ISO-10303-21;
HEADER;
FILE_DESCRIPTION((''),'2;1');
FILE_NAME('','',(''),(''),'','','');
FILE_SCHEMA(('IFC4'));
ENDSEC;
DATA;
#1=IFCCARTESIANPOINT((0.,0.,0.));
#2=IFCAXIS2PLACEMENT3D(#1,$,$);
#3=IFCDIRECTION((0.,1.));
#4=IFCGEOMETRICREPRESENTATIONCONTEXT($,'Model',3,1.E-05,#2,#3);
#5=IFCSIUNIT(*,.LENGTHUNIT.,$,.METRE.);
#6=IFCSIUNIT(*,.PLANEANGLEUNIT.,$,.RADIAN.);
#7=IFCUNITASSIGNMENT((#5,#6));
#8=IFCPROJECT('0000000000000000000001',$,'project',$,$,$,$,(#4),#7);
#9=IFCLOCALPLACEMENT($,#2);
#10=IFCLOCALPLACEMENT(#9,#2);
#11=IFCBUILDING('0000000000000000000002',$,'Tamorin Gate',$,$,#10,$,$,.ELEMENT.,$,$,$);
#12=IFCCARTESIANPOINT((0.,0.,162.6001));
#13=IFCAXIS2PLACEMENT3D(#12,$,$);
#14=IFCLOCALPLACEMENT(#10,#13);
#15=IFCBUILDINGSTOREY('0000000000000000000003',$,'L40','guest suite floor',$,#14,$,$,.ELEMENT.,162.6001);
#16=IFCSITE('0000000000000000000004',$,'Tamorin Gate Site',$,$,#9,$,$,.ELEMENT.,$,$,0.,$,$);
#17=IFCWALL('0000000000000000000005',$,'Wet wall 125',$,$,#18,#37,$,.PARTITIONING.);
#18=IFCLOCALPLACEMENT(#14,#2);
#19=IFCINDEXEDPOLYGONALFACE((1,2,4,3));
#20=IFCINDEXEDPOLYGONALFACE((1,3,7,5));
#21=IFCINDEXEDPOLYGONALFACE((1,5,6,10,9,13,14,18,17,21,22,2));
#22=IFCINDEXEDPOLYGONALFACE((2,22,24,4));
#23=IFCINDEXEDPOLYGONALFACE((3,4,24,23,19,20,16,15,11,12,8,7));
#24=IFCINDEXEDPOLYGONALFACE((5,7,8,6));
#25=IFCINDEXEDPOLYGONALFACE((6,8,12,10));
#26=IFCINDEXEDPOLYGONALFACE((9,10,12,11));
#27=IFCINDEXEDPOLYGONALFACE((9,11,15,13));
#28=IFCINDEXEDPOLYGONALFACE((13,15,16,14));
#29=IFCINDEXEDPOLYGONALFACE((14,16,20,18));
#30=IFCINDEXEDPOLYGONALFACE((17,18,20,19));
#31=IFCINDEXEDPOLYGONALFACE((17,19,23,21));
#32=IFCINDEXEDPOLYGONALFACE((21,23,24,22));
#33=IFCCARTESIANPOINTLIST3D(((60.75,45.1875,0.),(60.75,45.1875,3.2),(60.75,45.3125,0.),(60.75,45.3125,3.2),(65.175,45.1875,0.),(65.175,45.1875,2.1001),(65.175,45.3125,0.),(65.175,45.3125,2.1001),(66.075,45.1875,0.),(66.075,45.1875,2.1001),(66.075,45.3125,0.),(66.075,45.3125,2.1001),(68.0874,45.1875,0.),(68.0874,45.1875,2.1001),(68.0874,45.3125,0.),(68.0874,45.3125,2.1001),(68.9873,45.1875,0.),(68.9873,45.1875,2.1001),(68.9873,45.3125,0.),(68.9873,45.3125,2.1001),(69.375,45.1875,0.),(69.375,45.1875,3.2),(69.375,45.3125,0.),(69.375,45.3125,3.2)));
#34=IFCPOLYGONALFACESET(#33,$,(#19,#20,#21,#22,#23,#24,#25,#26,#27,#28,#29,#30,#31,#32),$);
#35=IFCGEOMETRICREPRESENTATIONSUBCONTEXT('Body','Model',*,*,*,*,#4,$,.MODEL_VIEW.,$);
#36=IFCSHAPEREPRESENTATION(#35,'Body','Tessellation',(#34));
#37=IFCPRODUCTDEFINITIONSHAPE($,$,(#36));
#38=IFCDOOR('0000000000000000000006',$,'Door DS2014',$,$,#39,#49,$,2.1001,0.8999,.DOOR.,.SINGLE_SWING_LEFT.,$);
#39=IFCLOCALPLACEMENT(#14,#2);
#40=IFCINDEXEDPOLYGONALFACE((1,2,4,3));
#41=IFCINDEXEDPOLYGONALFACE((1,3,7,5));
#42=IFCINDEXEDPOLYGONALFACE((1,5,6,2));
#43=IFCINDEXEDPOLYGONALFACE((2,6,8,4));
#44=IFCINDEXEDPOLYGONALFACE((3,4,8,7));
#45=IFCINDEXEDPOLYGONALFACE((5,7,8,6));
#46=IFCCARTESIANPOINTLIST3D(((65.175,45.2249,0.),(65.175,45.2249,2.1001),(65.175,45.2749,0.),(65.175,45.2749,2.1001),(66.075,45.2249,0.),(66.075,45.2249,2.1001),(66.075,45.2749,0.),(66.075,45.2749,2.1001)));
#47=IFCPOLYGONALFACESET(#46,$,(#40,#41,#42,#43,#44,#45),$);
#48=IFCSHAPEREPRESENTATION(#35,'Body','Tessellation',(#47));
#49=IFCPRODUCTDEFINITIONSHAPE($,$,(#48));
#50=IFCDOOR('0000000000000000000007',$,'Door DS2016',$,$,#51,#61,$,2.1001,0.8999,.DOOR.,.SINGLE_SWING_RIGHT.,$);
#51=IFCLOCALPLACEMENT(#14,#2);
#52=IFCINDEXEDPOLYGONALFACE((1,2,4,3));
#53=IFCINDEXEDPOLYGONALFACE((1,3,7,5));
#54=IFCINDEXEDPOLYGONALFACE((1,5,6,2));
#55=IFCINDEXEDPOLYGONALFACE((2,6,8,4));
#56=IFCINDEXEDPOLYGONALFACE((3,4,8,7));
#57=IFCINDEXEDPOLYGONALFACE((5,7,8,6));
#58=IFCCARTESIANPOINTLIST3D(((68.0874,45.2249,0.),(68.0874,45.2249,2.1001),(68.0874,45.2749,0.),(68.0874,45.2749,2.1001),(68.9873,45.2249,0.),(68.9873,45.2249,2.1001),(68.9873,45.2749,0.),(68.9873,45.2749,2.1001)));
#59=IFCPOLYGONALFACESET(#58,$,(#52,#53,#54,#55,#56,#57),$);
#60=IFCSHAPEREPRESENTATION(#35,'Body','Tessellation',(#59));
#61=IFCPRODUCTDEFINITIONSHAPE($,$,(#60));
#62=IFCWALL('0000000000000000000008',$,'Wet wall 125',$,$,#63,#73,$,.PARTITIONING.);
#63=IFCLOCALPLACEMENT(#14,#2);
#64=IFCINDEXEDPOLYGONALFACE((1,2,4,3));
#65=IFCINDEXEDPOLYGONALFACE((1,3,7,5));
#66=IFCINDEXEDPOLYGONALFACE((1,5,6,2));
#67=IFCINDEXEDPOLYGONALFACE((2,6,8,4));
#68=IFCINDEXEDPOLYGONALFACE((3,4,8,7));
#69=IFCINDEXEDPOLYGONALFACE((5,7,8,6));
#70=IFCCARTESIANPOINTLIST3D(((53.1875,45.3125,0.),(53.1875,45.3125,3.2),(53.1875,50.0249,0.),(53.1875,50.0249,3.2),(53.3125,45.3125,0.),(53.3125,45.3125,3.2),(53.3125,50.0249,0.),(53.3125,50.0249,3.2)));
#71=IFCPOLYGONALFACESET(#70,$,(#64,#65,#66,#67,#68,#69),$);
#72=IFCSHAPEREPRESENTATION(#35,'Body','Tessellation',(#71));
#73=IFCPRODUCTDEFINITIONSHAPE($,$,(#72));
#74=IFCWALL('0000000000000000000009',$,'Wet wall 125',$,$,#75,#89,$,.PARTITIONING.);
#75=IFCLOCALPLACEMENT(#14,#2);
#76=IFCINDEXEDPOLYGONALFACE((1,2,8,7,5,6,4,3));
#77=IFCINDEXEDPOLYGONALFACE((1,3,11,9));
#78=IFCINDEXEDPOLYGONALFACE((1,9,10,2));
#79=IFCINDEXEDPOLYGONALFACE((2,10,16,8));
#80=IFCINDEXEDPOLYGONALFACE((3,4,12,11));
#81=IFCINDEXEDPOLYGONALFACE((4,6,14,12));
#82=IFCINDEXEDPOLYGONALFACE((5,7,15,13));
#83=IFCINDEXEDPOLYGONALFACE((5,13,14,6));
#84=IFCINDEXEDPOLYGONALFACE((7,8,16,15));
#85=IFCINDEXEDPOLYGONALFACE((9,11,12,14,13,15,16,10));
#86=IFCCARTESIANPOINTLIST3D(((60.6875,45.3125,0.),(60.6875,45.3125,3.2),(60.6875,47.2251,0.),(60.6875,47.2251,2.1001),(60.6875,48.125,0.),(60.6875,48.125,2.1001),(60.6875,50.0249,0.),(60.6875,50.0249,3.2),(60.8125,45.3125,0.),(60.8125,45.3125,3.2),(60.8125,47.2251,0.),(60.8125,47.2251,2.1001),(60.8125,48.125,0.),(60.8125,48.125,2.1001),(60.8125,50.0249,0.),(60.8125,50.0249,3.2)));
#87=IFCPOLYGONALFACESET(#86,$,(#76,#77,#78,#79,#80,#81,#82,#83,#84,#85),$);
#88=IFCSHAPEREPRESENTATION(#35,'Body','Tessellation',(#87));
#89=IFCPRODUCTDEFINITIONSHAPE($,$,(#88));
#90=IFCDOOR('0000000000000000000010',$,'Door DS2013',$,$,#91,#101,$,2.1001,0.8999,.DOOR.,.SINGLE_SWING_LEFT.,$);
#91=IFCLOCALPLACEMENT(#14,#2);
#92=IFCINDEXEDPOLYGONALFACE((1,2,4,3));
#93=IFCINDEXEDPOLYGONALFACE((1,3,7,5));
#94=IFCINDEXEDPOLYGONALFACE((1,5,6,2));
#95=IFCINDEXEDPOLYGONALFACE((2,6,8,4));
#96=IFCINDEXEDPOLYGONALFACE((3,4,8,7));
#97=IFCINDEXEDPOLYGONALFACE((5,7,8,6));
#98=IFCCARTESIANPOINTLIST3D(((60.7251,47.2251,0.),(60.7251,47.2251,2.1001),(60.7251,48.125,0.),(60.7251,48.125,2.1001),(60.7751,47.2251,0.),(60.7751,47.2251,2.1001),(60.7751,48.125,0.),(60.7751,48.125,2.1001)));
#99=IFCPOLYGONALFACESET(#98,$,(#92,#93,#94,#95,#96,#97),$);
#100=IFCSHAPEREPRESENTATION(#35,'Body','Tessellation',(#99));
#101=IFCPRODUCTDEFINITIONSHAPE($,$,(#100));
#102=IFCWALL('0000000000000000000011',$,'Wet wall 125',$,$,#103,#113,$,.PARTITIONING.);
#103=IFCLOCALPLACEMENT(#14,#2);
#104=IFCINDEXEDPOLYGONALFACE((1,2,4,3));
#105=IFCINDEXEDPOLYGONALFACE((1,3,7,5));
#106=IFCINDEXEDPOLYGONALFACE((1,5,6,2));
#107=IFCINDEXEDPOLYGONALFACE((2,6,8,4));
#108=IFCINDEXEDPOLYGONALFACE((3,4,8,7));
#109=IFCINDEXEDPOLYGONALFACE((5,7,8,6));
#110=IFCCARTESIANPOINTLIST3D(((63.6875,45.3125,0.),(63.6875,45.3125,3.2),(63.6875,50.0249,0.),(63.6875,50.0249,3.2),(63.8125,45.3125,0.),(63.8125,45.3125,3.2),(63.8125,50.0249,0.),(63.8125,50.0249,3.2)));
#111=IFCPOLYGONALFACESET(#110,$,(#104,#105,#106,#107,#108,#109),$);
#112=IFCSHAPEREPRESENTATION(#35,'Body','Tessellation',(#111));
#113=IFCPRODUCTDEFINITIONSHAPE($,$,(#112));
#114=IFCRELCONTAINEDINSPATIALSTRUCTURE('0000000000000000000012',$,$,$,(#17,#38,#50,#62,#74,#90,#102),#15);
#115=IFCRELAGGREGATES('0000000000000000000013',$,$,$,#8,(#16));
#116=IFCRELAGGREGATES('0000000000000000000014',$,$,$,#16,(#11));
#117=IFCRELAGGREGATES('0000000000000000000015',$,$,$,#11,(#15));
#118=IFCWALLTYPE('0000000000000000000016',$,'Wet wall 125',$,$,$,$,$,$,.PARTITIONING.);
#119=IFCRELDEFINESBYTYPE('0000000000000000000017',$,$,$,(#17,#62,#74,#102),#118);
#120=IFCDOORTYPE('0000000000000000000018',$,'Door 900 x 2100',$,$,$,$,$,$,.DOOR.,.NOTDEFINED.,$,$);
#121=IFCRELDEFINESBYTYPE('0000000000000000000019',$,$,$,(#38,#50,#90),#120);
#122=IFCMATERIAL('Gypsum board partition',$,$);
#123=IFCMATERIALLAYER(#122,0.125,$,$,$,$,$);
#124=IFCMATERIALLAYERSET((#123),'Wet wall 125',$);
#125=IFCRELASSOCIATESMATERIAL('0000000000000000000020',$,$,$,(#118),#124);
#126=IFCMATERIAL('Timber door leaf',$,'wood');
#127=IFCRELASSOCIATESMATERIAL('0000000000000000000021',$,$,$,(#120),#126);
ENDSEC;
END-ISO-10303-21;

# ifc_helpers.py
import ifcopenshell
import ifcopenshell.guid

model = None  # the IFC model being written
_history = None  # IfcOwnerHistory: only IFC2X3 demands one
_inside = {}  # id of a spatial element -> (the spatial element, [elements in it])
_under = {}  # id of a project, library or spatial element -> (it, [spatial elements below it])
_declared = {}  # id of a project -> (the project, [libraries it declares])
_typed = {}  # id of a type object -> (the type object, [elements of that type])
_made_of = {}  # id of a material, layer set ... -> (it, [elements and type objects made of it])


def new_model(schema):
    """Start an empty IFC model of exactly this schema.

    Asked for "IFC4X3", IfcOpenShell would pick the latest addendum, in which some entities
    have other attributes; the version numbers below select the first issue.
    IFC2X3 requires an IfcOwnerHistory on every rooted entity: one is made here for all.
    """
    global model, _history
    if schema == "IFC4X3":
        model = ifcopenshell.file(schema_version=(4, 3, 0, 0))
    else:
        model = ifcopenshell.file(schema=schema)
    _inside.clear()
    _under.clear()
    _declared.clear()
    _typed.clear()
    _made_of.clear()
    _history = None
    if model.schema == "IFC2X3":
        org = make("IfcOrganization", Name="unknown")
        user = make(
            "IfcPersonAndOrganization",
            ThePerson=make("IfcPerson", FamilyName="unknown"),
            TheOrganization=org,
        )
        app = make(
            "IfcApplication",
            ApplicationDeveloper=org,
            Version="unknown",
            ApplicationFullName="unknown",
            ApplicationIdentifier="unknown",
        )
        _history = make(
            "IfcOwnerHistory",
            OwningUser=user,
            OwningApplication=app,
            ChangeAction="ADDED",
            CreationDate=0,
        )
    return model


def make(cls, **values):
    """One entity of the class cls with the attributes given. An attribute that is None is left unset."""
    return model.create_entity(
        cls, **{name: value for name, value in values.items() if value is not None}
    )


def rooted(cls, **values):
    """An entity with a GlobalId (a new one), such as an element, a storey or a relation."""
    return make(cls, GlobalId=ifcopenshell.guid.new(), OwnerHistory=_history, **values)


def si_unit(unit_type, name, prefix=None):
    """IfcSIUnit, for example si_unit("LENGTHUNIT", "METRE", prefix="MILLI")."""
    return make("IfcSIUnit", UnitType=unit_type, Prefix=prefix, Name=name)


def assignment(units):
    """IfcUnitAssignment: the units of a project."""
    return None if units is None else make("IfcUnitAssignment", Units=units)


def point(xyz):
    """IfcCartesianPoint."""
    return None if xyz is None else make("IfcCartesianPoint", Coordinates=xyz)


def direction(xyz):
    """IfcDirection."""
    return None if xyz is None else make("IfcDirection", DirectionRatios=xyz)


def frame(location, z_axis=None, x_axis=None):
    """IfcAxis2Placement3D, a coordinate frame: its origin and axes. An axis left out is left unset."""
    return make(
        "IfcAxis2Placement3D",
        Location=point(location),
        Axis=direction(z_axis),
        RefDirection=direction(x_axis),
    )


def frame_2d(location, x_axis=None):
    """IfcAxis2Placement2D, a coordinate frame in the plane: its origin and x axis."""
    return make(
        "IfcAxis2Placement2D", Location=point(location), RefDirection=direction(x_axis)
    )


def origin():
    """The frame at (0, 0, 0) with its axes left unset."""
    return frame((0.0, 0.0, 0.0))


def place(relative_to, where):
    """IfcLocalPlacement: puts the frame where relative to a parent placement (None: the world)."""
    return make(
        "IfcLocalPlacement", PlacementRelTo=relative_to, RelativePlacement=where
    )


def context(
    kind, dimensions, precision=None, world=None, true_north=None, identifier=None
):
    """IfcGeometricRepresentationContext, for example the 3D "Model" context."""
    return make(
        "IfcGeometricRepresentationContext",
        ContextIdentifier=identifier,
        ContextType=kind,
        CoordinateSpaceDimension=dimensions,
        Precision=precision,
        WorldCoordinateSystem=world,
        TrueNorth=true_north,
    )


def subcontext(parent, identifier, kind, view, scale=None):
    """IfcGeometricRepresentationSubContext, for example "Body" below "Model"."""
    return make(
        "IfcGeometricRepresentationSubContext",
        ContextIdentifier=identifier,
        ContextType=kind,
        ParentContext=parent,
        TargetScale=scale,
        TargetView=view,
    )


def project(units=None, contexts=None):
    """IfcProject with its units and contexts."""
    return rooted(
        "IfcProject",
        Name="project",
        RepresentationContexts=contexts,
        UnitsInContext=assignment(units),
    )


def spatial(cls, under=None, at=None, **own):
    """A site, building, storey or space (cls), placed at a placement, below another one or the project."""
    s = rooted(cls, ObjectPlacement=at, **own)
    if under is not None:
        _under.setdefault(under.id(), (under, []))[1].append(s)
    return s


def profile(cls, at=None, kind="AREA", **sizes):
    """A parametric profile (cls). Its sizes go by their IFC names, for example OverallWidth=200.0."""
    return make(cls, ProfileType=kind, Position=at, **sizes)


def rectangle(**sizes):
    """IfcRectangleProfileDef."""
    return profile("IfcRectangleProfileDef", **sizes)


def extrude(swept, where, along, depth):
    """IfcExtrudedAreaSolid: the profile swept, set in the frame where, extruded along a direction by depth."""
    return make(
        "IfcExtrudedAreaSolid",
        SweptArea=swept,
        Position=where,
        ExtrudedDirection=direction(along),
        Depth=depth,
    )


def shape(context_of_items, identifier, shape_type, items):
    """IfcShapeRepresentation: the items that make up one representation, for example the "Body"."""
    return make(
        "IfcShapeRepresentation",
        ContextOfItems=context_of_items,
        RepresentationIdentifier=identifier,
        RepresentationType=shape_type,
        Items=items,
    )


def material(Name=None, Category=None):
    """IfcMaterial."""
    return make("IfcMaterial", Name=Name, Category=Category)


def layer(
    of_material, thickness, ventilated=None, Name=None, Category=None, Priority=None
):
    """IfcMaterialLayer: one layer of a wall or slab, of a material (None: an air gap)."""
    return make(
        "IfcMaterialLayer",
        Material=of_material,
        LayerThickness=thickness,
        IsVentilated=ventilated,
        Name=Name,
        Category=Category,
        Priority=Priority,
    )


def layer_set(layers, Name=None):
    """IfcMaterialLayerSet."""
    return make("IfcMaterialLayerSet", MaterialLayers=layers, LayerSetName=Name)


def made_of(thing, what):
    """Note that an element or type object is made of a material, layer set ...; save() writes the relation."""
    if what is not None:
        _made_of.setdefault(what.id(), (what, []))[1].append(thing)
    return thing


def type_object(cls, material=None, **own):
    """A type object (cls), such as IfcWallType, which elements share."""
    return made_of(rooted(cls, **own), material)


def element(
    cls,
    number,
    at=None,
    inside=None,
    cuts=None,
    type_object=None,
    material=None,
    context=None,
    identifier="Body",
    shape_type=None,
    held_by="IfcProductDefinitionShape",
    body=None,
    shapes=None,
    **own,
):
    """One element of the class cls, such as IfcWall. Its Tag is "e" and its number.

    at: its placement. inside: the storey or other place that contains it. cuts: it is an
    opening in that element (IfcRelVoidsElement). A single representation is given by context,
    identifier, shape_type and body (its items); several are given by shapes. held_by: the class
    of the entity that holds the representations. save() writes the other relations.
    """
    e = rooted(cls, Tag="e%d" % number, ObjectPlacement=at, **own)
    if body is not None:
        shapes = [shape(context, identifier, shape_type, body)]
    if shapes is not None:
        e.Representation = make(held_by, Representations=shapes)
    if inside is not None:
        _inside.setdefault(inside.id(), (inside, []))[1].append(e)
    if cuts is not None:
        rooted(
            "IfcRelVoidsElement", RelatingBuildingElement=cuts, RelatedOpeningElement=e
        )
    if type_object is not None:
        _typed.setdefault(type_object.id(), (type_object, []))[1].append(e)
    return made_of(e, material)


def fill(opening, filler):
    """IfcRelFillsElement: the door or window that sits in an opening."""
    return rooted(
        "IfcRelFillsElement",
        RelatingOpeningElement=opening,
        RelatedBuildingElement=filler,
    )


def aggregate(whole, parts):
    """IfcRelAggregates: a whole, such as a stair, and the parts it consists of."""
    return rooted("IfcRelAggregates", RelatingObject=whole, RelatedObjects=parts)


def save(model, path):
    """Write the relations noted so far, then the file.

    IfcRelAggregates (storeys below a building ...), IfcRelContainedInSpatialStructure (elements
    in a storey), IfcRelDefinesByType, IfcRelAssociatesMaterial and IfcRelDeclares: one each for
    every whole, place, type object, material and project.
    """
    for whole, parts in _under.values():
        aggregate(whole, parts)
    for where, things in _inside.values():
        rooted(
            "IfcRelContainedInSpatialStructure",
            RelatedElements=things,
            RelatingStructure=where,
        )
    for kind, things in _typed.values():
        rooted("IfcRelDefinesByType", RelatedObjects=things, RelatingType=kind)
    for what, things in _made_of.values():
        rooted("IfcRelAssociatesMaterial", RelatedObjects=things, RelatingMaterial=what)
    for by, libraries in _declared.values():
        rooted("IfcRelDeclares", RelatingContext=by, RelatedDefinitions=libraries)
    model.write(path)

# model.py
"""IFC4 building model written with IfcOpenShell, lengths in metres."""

from ifc_helpers import new_model, si_unit, direction, frame, frame_2d, origin, place, context, subcontext, project, spatial, rectangle, extrude, material, layer, layer_set, type_object, element, fill, save


model = new_model("IFC4")

# Units and contexts
model_context = context("Model", 3, precision=1e-05, world=origin(), true_north=direction((0.0, 1.0)))
body_context = subcontext(model_context, "Body", "Model", "MODEL_VIEW")
ifc_project = project(units=[si_unit("LENGTHUNIT", "METRE"), si_unit("PLANEANGLEUNIT", "RADIAN")], contexts=[model_context])

# Site, building, storey
site_placement = place(None, origin())
site = spatial("IfcSite", under=ifc_project, at=site_placement, Name="Tamorin Gate Site", CompositionType="ELEMENT", RefElevation=0.0)
building_placement = place(site_placement, origin())
building = spatial("IfcBuilding", under=site, at=building_placement, Name="Tamorin Gate", CompositionType="ELEMENT")
storey_placement = place(building_placement, frame((0.0, 0.0, 162.6001)))
storey = spatial("IfcBuildingStorey", under=building, at=storey_placement, Name="L40", Description="guest suite floor", CompositionType="ELEMENT", Elevation=162.6001)

# Shared definitions
ifc_material_1 = material(Name="Gypsum board partition")
ifc_material_2 = material(Name="Timber door leaf", Category="wood")

# Wall, openings, doors
ifc_layer_1 = layer(ifc_material_1, 0.125)
ifc_layer_set_1 = layer_set([ifc_layer_1], Name="Wet wall 125")
wall_type_1 = type_object("IfcWallType", Name="Wet wall 125", PredefinedType="PARTITIONING", material=ifc_layer_set_1)
wall_1_placement = place(storey_placement, frame((60.75, 45.25, 0.0), z_axis=(0.0, 0.0, 1.0), x_axis=(1.0, 0.0, 0.0)))
wall_1 = element("IfcWall", 1, at=wall_1_placement, inside=storey, type_object=wall_type_1, Name="Wet wall 125", PredefinedType="PARTITIONING", context=body_context, shape_type="SweptSolid", body=[
    extrude(rectangle(XDim=8.625, YDim=0.125, at=frame_2d((4.3125, 0.0))), origin(), (0.0, 0.0, 1.0), 3.2),
])
opening_1_placement = place(wall_1_placement, frame((4.425, 0.0, 0.0)))
opening_1 = element("IfcOpeningElement", 2, at=opening_1_placement, cuts=wall_1, PredefinedType="OPENING", context=body_context, shape_type="SweptSolid", body=[
    extrude(rectangle(XDim=0.8999, YDim=2.1001, at=frame_2d((0.45, 1.05))), frame((0.0, 0.0725, 0.0), z_axis=(0.0, -1.0, 0.0), x_axis=(1.0, 0.0, 0.0)), (0.0, 0.0, 1.0), 0.145),
])
opening_2_placement = place(wall_1_placement, frame((7.3374, 0.0, 0.0)))
opening_2 = element("IfcOpeningElement", 3, at=opening_2_placement, cuts=wall_1, PredefinedType="OPENING", context=body_context, shape_type="SweptSolid", body=[
    extrude(rectangle(XDim=0.8999, YDim=2.1001, at=frame_2d((0.45, 1.05))), frame((0.0, 0.0725, 0.0), z_axis=(0.0, -1.0, 0.0), x_axis=(1.0, 0.0, 0.0)), (0.0, 0.0, 1.0), 0.145),
])
door_type_1 = type_object("IfcDoorType", Name="Door 900 x 2100", OperationType="NOTDEFINED", PredefinedType="DOOR", material=ifc_material_2)
door_1_placement = place(opening_1_placement, origin())
door_1 = element("IfcDoor", 4, at=door_1_placement, inside=storey, type_object=door_type_1, Name="Door DS2014", OperationType="SINGLE_SWING_LEFT", OverallHeight=2.1001, OverallWidth=0.8999, PredefinedType="DOOR", context=body_context, shape_type="SweptSolid", body=[
    extrude(rectangle(XDim=0.8999, YDim=2.1001, at=frame_2d((0.45, 1.05))), frame((0.0, 0.0249, 0.0), z_axis=(0.0, -1.0, 0.0), x_axis=(1.0, 0.0, 0.0)), (0.0, 0.0, 1.0), 0.05),
])
fill(opening_1, door_1)
door_2_placement = place(opening_2_placement, origin())
door_2 = element("IfcDoor", 5, at=door_2_placement, inside=storey, type_object=door_type_1, Name="Door DS2016", OperationType="SINGLE_SWING_RIGHT", OverallHeight=2.1001, OverallWidth=0.8999, PredefinedType="DOOR", context=body_context, shape_type="SweptSolid", body=[
    extrude(rectangle(XDim=0.8999, YDim=2.1001, at=frame_2d((0.45, 1.05))), frame((0.0, 0.0249, 0.0), z_axis=(0.0, -1.0, 0.0), x_axis=(1.0, 0.0, 0.0)), (0.0, 0.0, 1.0), 0.05),
])
fill(opening_2, door_2)

# Wall
wall_2_placement = place(storey_placement, frame((53.25, 45.3125, 0.0), z_axis=(0.0, 0.0, 1.0), x_axis=(0.0, 1.0, 0.0)))
element("IfcWall", 6, at=wall_2_placement, inside=storey, type_object=wall_type_1, Name="Wet wall 125", PredefinedType="PARTITIONING", context=body_context, shape_type="SweptSolid", body=[
    extrude(rectangle(XDim=4.7124, YDim=0.125, at=frame_2d((2.3562, 0.0))), origin(), (0.0, 0.0, 1.0), 3.2),
])

# Wall, opening, door
wall_3_placement = place(storey_placement, frame((60.75, 45.3125, 0.0), z_axis=(0.0, 0.0, 1.0), x_axis=(0.0, 1.0, 0.0)))
wall_3 = element("IfcWall", 7, at=wall_3_placement, inside=storey, type_object=wall_type_1, Name="Wet wall 125", PredefinedType="PARTITIONING", context=body_context, shape_type="SweptSolid", body=[
    extrude(rectangle(XDim=4.7124, YDim=0.125, at=frame_2d((2.3562, 0.0))), origin(), (0.0, 0.0, 1.0), 3.2),
])
opening_3_placement = place(wall_3_placement, frame((1.9126, 0.0, 0.0)))
opening_3 = element("IfcOpeningElement", 8, at=opening_3_placement, cuts=wall_3, PredefinedType="OPENING", context=body_context, shape_type="SweptSolid", body=[
    extrude(rectangle(XDim=0.8999, YDim=2.1001, at=frame_2d((0.45, 1.05))), frame((0.0, 0.0725, 0.0), z_axis=(0.0, -1.0, 0.0), x_axis=(1.0, 0.0, 0.0)), (0.0, 0.0, 1.0), 0.145),
])
door_3_placement = place(opening_3_placement, origin())
door_3 = element("IfcDoor", 9, at=door_3_placement, inside=storey, type_object=door_type_1, Name="Door DS2013", OperationType="SINGLE_SWING_LEFT", OverallHeight=2.1001, OverallWidth=0.8999, PredefinedType="DOOR", context=body_context, shape_type="SweptSolid", body=[
    extrude(rectangle(XDim=0.8999, YDim=2.1001, at=frame_2d((0.45, 1.05))), frame((0.0, 0.0249, 0.0), z_axis=(0.0, -1.0, 0.0), x_axis=(1.0, 0.0, 0.0)), (0.0, 0.0, 1.0), 0.05),
])
fill(opening_3, door_3)

# Wall
wall_4_placement = place(storey_placement, frame((63.75, 45.3125, 0.0), z_axis=(0.0, 0.0, 1.0), x_axis=(0.0, 1.0, 0.0)))
element("IfcWall", 10, at=wall_4_placement, inside=storey, type_object=wall_type_1, Name="Wet wall 125", PredefinedType="PARTITIONING", context=body_context, shape_type="SweptSolid", body=[
    extrude(rectangle(XDim=4.7124, YDim=0.125, at=frame_2d((2.3562, 0.0))), origin(), (0.0, 0.0, 1.0), 3.2),
])

save(model, "model.ifc")
